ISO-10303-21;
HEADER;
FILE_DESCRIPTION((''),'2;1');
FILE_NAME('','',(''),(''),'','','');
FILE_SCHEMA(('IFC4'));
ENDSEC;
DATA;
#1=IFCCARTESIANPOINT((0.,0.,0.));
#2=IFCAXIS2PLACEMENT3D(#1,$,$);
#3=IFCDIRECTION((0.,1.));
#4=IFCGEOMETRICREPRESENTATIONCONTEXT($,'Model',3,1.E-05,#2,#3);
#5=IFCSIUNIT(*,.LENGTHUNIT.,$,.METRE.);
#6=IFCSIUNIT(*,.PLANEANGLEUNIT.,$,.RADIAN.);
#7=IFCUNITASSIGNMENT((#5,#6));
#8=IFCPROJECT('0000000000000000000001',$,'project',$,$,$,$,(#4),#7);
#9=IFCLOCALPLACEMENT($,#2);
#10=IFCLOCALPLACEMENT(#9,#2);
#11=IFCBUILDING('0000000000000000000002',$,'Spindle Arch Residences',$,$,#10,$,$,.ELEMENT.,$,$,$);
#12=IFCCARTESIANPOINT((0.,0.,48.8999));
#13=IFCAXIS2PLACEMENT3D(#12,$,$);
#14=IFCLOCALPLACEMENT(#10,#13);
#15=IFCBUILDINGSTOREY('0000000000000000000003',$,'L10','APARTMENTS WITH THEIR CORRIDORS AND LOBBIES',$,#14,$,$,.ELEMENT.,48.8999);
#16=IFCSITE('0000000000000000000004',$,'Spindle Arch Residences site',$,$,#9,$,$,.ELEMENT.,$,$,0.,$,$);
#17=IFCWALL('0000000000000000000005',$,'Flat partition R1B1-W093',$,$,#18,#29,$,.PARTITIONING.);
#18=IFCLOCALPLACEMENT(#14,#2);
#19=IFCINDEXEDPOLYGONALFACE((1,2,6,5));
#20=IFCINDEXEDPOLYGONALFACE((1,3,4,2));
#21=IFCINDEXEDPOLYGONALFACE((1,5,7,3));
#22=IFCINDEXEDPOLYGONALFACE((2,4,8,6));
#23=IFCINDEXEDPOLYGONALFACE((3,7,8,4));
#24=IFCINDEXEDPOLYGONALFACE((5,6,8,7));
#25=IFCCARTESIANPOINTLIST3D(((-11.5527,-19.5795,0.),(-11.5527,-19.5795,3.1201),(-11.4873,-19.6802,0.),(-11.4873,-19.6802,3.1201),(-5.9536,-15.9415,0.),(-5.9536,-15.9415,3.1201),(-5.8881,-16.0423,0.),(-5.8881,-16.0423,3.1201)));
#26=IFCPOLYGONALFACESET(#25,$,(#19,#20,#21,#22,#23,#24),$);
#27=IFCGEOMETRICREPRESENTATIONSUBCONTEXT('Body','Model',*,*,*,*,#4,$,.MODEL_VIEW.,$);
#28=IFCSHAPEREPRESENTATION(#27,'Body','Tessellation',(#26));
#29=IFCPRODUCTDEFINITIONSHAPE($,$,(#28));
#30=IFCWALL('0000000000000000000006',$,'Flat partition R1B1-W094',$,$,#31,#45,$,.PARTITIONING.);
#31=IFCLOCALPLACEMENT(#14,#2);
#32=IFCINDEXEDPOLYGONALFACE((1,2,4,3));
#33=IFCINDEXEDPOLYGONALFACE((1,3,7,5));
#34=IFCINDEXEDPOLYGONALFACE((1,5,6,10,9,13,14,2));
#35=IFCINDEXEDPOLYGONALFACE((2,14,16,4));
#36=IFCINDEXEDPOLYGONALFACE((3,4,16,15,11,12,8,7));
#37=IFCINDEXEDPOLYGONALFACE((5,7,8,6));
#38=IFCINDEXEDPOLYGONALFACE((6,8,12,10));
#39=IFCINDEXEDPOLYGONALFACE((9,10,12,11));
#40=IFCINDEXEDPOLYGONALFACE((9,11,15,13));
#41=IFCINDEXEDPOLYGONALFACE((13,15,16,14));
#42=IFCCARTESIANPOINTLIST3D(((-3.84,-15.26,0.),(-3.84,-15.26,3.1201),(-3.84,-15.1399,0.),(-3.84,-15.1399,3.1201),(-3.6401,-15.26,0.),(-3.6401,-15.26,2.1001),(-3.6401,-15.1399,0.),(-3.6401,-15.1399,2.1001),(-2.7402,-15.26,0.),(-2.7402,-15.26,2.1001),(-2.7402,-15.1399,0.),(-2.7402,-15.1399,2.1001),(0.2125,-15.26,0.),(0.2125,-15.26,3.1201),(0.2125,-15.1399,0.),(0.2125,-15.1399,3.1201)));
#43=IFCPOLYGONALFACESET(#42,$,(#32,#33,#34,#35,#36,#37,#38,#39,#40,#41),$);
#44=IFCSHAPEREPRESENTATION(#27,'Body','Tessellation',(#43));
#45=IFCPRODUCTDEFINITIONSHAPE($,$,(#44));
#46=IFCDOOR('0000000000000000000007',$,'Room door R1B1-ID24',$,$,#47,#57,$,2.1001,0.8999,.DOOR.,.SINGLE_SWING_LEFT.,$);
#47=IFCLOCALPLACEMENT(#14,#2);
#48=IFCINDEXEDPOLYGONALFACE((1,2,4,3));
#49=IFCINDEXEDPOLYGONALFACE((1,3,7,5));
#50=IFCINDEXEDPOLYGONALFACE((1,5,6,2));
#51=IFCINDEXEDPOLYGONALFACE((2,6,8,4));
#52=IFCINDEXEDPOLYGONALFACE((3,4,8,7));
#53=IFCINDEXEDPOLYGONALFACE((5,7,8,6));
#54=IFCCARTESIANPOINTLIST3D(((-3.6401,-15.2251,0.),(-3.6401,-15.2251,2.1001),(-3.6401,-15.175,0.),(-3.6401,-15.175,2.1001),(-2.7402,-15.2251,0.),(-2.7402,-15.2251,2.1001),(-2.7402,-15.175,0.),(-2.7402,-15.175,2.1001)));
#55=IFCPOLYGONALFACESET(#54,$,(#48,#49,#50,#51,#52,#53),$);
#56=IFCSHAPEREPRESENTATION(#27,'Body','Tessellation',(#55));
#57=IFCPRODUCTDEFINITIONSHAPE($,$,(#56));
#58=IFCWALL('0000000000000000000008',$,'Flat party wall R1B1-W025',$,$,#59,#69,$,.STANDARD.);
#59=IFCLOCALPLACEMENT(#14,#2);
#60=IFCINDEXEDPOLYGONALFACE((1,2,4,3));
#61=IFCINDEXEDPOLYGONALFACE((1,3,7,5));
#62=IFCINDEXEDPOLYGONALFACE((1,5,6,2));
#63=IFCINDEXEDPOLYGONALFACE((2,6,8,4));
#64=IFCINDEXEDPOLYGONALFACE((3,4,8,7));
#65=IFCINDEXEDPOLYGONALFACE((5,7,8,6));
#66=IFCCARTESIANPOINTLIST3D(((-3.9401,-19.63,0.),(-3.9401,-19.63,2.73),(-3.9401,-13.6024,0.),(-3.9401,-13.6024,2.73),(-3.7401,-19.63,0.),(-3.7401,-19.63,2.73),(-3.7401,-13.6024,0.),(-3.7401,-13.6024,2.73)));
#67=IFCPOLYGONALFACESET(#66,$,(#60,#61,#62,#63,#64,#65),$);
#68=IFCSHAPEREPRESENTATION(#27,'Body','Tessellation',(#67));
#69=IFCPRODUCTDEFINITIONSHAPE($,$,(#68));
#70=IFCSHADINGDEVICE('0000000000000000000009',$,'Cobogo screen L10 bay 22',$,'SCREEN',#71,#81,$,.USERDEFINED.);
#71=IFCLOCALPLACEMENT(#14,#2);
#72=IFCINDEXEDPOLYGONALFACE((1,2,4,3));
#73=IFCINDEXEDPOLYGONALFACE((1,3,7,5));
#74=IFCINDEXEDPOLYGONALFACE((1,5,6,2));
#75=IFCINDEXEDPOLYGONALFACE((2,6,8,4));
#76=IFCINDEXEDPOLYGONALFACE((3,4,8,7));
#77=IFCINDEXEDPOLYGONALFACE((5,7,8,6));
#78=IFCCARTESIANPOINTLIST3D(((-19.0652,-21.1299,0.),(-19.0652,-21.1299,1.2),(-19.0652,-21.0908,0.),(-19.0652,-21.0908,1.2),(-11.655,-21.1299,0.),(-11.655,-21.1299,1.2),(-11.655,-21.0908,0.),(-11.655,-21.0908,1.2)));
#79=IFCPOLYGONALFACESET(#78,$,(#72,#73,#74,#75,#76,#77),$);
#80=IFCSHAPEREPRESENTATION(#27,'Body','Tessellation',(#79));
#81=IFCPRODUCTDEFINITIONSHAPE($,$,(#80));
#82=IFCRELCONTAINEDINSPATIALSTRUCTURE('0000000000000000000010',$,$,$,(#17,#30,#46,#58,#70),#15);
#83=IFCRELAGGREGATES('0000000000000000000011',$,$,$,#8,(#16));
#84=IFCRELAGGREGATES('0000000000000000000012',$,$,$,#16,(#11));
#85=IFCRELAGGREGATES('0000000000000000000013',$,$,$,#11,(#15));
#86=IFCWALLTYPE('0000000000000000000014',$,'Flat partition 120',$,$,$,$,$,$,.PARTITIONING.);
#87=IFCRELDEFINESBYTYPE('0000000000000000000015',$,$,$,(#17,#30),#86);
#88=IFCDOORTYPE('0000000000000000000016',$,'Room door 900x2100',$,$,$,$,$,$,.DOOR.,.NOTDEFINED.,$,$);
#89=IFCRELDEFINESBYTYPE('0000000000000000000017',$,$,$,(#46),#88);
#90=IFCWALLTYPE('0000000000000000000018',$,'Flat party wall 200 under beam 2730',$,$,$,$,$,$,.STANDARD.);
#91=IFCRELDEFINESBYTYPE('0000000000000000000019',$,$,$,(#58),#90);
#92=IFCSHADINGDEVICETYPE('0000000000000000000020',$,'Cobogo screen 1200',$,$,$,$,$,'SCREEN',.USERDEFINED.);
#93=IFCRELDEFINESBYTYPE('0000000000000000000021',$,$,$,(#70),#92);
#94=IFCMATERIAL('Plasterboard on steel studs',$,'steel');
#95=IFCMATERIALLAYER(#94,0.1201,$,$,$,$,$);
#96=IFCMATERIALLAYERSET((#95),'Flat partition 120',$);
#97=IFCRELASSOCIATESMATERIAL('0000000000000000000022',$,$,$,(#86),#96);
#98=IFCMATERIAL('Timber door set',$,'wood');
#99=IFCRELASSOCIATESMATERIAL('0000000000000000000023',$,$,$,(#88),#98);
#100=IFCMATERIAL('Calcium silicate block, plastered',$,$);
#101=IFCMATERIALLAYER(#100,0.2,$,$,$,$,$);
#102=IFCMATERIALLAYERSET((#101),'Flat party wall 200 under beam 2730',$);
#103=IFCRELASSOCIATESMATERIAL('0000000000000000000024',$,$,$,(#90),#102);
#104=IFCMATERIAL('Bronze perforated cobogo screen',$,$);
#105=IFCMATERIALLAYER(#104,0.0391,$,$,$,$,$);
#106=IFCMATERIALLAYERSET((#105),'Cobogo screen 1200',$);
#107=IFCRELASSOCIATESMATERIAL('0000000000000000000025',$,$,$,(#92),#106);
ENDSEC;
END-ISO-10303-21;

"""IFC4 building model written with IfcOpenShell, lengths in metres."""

from ifc_helpers import new_model, si_unit, direction, frame, frame_2d, origin, origin_2d, place, context, subcontext, project, spatial, rectangle, extrude, material, layer, layer_set, type_object, element, fill, save


model = new_model("IFC4")

# Units and contexts
model_context = context("Model", 3, precision=1e-05, world=origin(), true_north=direction((0.0, 1.0)))
body_context = subcontext(model_context, "Body", "Model", "MODEL_VIEW")
ifc_project = project(units=[si_unit("LENGTHUNIT", "METRE"), si_unit("PLANEANGLEUNIT", "RADIAN")], contexts=[model_context])

# Site, building, storey
site_placement = place(None, origin())
site = spatial("IfcSite", under=ifc_project, at=site_placement, Name="Spindle Arch Residences site", CompositionType="ELEMENT", RefElevation=0.0)
building_placement = place(site_placement, origin())
building = spatial("IfcBuilding", under=site, at=building_placement, Name="Spindle Arch Residences", CompositionType="ELEMENT")
storey_placement = place(building_placement, frame((0.0, 0.0, 48.8999)))
storey = spatial("IfcBuildingStorey", under=building, at=storey_placement, Name="L10", Description="APARTMENTS WITH THEIR CORRIDORS AND LOBBIES", CompositionType="ELEMENT", Elevation=48.8999)

# Shared definitions
ifc_material_1 = material(Name="Plasterboard on steel studs", Category="steel")
ifc_layer_1 = layer(ifc_material_1, 0.1201)
ifc_layer_set_1 = layer_set([ifc_layer_1], Name="Flat partition 120")
wall_type_1 = type_object("IfcWallType", Name="Flat partition 120", PredefinedType="PARTITIONING", material=ifc_layer_set_1)
ifc_material_2 = material(Name="Timber door set", Category="wood")
door_type_1 = type_object("IfcDoorType", Name="Room door 900x2100", OperationType="NOTDEFINED", PredefinedType="DOOR", material=ifc_material_2)

# Wall
wall_1_placement = place(storey_placement, frame((-11.52, -19.6299, 0.0), z_axis=(0.0, 0.0, 1.0), x_axis=(0.838546, 0.544832, 0.0)))
element("IfcWall", 1, at=wall_1_placement, inside=storey, type_object=wall_type_1, Name="Flat partition R1B1-W093", PredefinedType="PARTITIONING", context=body_context, shape_type="SweptSolid", body=[
    extrude(rectangle(XDim=6.6772, YDim=0.1201, at=frame_2d((3.3386, 0.0))), origin(), (0.0, 0.0, 1.0), 3.1201),
])

# Wall, opening, door
wall_2_placement = place(storey_placement, frame((-3.8401, -15.2, 0.0), z_axis=(0.0, 0.0, 1.0), x_axis=(1.0, 0.0, 0.0)))
wall_2 = element("IfcWall", 2, at=wall_2_placement, inside=storey, type_object=wall_type_1, Name="Flat partition R1B1-W094", PredefinedType="PARTITIONING", context=body_context, shape_type="SweptSolid", body=[
    extrude(rectangle(XDim=4.0525, YDim=0.1201, at=frame_2d((2.0264, 0.0))), origin(), (0.0, 0.0, 1.0), 3.1201),
])
opening_1_placement = place(wall_2_placement, frame((0.2, 0.0, 0.0)))
opening_1 = element("IfcOpeningElement", 3, at=opening_1_placement, cuts=wall_2, PredefinedType="OPENING", context=body_context, shape_type="SweptSolid", body=[
    extrude(rectangle(XDim=0.8999, YDim=2.1001, at=frame_2d((0.45, 1.05))), frame((0.0, 0.0701, 0.0), z_axis=(0.0, -1.0, 0.0), x_axis=(1.0, 0.0, 0.0)), (0.0, 0.0, 1.0), 0.1401),
])
door_1_placement = place(opening_1_placement, origin())
door_1 = element("IfcDoor", 4, at=door_1_placement, inside=storey, type_object=door_type_1, Name="Room door R1B1-ID24", OperationType="SINGLE_SWING_LEFT", OverallHeight=2.1001, OverallWidth=0.8999, PredefinedType="DOOR", context=body_context, shape_type="SweptSolid", body=[
    extrude(rectangle(XDim=0.8999, YDim=2.1001, at=frame_2d((0.45, 1.05))), frame((0.0, 0.0249, 0.0), z_axis=(0.0, -1.0, 0.0), x_axis=(1.0, 0.0, 0.0)), (0.0, 0.0, 1.0), 0.05),
])
fill(opening_1, door_1)

# Wall
ifc_material_3 = material(Name="Calcium silicate block, plastered")
ifc_layer_2 = layer(ifc_material_3, 0.2)
ifc_layer_set_2 = layer_set([ifc_layer_2], Name="Flat party wall 200 under beam 2730")
wall_type_2 = type_object("IfcWallType", Name="Flat party wall 200 under beam 2730", PredefinedType="STANDARD", material=ifc_layer_set_2)
wall_3_placement = place(storey_placement, frame((-3.8401, -19.6299, 0.0), z_axis=(0.0, 0.0, 1.0), x_axis=(0.0, 1.0, 0.0)))
element("IfcWall", 5, at=wall_3_placement, inside=storey, type_object=wall_type_2, Name="Flat party wall R1B1-W025", PredefinedType="STANDARD", context=body_context, shape_type="SweptSolid", body=[
    extrude(rectangle(XDim=6.0276, YDim=0.2, at=frame_2d((3.0137, 0.0))), origin(), (0.0, 0.0, 1.0), 2.73),
])

# Shading device
ifc_material_4 = material(Name="Bronze perforated cobogo screen")
ifc_layer_3 = layer(ifc_material_4, 0.0391)
ifc_layer_set_3 = layer_set([ifc_layer_3], Name="Cobogo screen 1200")
shading_device_type = type_object("IfcShadingDeviceType", Name="Cobogo screen 1200", ElementType="SCREEN", PredefinedType="USERDEFINED", material=ifc_layer_set_3)
shading_device_placement = place(storey_placement, frame((-15.3601, -21.1104, 0.0), z_axis=(0.0, 0.0, 1.0), x_axis=(1.0, 0.0, 0.0)))
element("IfcShadingDevice", 6, at=shading_device_placement, inside=storey, type_object=shading_device_type, Name="Cobogo screen L10 bay 22", ObjectType="SCREEN", PredefinedType="USERDEFINED", context=body_context, shape_type="SweptSolid", body=[
    extrude(rectangle(XDim=7.4102, YDim=0.0391, at=origin_2d()), origin(), (0.0, 0.0, 1.0), 1.2),
])

save(model, "model.ifc")
